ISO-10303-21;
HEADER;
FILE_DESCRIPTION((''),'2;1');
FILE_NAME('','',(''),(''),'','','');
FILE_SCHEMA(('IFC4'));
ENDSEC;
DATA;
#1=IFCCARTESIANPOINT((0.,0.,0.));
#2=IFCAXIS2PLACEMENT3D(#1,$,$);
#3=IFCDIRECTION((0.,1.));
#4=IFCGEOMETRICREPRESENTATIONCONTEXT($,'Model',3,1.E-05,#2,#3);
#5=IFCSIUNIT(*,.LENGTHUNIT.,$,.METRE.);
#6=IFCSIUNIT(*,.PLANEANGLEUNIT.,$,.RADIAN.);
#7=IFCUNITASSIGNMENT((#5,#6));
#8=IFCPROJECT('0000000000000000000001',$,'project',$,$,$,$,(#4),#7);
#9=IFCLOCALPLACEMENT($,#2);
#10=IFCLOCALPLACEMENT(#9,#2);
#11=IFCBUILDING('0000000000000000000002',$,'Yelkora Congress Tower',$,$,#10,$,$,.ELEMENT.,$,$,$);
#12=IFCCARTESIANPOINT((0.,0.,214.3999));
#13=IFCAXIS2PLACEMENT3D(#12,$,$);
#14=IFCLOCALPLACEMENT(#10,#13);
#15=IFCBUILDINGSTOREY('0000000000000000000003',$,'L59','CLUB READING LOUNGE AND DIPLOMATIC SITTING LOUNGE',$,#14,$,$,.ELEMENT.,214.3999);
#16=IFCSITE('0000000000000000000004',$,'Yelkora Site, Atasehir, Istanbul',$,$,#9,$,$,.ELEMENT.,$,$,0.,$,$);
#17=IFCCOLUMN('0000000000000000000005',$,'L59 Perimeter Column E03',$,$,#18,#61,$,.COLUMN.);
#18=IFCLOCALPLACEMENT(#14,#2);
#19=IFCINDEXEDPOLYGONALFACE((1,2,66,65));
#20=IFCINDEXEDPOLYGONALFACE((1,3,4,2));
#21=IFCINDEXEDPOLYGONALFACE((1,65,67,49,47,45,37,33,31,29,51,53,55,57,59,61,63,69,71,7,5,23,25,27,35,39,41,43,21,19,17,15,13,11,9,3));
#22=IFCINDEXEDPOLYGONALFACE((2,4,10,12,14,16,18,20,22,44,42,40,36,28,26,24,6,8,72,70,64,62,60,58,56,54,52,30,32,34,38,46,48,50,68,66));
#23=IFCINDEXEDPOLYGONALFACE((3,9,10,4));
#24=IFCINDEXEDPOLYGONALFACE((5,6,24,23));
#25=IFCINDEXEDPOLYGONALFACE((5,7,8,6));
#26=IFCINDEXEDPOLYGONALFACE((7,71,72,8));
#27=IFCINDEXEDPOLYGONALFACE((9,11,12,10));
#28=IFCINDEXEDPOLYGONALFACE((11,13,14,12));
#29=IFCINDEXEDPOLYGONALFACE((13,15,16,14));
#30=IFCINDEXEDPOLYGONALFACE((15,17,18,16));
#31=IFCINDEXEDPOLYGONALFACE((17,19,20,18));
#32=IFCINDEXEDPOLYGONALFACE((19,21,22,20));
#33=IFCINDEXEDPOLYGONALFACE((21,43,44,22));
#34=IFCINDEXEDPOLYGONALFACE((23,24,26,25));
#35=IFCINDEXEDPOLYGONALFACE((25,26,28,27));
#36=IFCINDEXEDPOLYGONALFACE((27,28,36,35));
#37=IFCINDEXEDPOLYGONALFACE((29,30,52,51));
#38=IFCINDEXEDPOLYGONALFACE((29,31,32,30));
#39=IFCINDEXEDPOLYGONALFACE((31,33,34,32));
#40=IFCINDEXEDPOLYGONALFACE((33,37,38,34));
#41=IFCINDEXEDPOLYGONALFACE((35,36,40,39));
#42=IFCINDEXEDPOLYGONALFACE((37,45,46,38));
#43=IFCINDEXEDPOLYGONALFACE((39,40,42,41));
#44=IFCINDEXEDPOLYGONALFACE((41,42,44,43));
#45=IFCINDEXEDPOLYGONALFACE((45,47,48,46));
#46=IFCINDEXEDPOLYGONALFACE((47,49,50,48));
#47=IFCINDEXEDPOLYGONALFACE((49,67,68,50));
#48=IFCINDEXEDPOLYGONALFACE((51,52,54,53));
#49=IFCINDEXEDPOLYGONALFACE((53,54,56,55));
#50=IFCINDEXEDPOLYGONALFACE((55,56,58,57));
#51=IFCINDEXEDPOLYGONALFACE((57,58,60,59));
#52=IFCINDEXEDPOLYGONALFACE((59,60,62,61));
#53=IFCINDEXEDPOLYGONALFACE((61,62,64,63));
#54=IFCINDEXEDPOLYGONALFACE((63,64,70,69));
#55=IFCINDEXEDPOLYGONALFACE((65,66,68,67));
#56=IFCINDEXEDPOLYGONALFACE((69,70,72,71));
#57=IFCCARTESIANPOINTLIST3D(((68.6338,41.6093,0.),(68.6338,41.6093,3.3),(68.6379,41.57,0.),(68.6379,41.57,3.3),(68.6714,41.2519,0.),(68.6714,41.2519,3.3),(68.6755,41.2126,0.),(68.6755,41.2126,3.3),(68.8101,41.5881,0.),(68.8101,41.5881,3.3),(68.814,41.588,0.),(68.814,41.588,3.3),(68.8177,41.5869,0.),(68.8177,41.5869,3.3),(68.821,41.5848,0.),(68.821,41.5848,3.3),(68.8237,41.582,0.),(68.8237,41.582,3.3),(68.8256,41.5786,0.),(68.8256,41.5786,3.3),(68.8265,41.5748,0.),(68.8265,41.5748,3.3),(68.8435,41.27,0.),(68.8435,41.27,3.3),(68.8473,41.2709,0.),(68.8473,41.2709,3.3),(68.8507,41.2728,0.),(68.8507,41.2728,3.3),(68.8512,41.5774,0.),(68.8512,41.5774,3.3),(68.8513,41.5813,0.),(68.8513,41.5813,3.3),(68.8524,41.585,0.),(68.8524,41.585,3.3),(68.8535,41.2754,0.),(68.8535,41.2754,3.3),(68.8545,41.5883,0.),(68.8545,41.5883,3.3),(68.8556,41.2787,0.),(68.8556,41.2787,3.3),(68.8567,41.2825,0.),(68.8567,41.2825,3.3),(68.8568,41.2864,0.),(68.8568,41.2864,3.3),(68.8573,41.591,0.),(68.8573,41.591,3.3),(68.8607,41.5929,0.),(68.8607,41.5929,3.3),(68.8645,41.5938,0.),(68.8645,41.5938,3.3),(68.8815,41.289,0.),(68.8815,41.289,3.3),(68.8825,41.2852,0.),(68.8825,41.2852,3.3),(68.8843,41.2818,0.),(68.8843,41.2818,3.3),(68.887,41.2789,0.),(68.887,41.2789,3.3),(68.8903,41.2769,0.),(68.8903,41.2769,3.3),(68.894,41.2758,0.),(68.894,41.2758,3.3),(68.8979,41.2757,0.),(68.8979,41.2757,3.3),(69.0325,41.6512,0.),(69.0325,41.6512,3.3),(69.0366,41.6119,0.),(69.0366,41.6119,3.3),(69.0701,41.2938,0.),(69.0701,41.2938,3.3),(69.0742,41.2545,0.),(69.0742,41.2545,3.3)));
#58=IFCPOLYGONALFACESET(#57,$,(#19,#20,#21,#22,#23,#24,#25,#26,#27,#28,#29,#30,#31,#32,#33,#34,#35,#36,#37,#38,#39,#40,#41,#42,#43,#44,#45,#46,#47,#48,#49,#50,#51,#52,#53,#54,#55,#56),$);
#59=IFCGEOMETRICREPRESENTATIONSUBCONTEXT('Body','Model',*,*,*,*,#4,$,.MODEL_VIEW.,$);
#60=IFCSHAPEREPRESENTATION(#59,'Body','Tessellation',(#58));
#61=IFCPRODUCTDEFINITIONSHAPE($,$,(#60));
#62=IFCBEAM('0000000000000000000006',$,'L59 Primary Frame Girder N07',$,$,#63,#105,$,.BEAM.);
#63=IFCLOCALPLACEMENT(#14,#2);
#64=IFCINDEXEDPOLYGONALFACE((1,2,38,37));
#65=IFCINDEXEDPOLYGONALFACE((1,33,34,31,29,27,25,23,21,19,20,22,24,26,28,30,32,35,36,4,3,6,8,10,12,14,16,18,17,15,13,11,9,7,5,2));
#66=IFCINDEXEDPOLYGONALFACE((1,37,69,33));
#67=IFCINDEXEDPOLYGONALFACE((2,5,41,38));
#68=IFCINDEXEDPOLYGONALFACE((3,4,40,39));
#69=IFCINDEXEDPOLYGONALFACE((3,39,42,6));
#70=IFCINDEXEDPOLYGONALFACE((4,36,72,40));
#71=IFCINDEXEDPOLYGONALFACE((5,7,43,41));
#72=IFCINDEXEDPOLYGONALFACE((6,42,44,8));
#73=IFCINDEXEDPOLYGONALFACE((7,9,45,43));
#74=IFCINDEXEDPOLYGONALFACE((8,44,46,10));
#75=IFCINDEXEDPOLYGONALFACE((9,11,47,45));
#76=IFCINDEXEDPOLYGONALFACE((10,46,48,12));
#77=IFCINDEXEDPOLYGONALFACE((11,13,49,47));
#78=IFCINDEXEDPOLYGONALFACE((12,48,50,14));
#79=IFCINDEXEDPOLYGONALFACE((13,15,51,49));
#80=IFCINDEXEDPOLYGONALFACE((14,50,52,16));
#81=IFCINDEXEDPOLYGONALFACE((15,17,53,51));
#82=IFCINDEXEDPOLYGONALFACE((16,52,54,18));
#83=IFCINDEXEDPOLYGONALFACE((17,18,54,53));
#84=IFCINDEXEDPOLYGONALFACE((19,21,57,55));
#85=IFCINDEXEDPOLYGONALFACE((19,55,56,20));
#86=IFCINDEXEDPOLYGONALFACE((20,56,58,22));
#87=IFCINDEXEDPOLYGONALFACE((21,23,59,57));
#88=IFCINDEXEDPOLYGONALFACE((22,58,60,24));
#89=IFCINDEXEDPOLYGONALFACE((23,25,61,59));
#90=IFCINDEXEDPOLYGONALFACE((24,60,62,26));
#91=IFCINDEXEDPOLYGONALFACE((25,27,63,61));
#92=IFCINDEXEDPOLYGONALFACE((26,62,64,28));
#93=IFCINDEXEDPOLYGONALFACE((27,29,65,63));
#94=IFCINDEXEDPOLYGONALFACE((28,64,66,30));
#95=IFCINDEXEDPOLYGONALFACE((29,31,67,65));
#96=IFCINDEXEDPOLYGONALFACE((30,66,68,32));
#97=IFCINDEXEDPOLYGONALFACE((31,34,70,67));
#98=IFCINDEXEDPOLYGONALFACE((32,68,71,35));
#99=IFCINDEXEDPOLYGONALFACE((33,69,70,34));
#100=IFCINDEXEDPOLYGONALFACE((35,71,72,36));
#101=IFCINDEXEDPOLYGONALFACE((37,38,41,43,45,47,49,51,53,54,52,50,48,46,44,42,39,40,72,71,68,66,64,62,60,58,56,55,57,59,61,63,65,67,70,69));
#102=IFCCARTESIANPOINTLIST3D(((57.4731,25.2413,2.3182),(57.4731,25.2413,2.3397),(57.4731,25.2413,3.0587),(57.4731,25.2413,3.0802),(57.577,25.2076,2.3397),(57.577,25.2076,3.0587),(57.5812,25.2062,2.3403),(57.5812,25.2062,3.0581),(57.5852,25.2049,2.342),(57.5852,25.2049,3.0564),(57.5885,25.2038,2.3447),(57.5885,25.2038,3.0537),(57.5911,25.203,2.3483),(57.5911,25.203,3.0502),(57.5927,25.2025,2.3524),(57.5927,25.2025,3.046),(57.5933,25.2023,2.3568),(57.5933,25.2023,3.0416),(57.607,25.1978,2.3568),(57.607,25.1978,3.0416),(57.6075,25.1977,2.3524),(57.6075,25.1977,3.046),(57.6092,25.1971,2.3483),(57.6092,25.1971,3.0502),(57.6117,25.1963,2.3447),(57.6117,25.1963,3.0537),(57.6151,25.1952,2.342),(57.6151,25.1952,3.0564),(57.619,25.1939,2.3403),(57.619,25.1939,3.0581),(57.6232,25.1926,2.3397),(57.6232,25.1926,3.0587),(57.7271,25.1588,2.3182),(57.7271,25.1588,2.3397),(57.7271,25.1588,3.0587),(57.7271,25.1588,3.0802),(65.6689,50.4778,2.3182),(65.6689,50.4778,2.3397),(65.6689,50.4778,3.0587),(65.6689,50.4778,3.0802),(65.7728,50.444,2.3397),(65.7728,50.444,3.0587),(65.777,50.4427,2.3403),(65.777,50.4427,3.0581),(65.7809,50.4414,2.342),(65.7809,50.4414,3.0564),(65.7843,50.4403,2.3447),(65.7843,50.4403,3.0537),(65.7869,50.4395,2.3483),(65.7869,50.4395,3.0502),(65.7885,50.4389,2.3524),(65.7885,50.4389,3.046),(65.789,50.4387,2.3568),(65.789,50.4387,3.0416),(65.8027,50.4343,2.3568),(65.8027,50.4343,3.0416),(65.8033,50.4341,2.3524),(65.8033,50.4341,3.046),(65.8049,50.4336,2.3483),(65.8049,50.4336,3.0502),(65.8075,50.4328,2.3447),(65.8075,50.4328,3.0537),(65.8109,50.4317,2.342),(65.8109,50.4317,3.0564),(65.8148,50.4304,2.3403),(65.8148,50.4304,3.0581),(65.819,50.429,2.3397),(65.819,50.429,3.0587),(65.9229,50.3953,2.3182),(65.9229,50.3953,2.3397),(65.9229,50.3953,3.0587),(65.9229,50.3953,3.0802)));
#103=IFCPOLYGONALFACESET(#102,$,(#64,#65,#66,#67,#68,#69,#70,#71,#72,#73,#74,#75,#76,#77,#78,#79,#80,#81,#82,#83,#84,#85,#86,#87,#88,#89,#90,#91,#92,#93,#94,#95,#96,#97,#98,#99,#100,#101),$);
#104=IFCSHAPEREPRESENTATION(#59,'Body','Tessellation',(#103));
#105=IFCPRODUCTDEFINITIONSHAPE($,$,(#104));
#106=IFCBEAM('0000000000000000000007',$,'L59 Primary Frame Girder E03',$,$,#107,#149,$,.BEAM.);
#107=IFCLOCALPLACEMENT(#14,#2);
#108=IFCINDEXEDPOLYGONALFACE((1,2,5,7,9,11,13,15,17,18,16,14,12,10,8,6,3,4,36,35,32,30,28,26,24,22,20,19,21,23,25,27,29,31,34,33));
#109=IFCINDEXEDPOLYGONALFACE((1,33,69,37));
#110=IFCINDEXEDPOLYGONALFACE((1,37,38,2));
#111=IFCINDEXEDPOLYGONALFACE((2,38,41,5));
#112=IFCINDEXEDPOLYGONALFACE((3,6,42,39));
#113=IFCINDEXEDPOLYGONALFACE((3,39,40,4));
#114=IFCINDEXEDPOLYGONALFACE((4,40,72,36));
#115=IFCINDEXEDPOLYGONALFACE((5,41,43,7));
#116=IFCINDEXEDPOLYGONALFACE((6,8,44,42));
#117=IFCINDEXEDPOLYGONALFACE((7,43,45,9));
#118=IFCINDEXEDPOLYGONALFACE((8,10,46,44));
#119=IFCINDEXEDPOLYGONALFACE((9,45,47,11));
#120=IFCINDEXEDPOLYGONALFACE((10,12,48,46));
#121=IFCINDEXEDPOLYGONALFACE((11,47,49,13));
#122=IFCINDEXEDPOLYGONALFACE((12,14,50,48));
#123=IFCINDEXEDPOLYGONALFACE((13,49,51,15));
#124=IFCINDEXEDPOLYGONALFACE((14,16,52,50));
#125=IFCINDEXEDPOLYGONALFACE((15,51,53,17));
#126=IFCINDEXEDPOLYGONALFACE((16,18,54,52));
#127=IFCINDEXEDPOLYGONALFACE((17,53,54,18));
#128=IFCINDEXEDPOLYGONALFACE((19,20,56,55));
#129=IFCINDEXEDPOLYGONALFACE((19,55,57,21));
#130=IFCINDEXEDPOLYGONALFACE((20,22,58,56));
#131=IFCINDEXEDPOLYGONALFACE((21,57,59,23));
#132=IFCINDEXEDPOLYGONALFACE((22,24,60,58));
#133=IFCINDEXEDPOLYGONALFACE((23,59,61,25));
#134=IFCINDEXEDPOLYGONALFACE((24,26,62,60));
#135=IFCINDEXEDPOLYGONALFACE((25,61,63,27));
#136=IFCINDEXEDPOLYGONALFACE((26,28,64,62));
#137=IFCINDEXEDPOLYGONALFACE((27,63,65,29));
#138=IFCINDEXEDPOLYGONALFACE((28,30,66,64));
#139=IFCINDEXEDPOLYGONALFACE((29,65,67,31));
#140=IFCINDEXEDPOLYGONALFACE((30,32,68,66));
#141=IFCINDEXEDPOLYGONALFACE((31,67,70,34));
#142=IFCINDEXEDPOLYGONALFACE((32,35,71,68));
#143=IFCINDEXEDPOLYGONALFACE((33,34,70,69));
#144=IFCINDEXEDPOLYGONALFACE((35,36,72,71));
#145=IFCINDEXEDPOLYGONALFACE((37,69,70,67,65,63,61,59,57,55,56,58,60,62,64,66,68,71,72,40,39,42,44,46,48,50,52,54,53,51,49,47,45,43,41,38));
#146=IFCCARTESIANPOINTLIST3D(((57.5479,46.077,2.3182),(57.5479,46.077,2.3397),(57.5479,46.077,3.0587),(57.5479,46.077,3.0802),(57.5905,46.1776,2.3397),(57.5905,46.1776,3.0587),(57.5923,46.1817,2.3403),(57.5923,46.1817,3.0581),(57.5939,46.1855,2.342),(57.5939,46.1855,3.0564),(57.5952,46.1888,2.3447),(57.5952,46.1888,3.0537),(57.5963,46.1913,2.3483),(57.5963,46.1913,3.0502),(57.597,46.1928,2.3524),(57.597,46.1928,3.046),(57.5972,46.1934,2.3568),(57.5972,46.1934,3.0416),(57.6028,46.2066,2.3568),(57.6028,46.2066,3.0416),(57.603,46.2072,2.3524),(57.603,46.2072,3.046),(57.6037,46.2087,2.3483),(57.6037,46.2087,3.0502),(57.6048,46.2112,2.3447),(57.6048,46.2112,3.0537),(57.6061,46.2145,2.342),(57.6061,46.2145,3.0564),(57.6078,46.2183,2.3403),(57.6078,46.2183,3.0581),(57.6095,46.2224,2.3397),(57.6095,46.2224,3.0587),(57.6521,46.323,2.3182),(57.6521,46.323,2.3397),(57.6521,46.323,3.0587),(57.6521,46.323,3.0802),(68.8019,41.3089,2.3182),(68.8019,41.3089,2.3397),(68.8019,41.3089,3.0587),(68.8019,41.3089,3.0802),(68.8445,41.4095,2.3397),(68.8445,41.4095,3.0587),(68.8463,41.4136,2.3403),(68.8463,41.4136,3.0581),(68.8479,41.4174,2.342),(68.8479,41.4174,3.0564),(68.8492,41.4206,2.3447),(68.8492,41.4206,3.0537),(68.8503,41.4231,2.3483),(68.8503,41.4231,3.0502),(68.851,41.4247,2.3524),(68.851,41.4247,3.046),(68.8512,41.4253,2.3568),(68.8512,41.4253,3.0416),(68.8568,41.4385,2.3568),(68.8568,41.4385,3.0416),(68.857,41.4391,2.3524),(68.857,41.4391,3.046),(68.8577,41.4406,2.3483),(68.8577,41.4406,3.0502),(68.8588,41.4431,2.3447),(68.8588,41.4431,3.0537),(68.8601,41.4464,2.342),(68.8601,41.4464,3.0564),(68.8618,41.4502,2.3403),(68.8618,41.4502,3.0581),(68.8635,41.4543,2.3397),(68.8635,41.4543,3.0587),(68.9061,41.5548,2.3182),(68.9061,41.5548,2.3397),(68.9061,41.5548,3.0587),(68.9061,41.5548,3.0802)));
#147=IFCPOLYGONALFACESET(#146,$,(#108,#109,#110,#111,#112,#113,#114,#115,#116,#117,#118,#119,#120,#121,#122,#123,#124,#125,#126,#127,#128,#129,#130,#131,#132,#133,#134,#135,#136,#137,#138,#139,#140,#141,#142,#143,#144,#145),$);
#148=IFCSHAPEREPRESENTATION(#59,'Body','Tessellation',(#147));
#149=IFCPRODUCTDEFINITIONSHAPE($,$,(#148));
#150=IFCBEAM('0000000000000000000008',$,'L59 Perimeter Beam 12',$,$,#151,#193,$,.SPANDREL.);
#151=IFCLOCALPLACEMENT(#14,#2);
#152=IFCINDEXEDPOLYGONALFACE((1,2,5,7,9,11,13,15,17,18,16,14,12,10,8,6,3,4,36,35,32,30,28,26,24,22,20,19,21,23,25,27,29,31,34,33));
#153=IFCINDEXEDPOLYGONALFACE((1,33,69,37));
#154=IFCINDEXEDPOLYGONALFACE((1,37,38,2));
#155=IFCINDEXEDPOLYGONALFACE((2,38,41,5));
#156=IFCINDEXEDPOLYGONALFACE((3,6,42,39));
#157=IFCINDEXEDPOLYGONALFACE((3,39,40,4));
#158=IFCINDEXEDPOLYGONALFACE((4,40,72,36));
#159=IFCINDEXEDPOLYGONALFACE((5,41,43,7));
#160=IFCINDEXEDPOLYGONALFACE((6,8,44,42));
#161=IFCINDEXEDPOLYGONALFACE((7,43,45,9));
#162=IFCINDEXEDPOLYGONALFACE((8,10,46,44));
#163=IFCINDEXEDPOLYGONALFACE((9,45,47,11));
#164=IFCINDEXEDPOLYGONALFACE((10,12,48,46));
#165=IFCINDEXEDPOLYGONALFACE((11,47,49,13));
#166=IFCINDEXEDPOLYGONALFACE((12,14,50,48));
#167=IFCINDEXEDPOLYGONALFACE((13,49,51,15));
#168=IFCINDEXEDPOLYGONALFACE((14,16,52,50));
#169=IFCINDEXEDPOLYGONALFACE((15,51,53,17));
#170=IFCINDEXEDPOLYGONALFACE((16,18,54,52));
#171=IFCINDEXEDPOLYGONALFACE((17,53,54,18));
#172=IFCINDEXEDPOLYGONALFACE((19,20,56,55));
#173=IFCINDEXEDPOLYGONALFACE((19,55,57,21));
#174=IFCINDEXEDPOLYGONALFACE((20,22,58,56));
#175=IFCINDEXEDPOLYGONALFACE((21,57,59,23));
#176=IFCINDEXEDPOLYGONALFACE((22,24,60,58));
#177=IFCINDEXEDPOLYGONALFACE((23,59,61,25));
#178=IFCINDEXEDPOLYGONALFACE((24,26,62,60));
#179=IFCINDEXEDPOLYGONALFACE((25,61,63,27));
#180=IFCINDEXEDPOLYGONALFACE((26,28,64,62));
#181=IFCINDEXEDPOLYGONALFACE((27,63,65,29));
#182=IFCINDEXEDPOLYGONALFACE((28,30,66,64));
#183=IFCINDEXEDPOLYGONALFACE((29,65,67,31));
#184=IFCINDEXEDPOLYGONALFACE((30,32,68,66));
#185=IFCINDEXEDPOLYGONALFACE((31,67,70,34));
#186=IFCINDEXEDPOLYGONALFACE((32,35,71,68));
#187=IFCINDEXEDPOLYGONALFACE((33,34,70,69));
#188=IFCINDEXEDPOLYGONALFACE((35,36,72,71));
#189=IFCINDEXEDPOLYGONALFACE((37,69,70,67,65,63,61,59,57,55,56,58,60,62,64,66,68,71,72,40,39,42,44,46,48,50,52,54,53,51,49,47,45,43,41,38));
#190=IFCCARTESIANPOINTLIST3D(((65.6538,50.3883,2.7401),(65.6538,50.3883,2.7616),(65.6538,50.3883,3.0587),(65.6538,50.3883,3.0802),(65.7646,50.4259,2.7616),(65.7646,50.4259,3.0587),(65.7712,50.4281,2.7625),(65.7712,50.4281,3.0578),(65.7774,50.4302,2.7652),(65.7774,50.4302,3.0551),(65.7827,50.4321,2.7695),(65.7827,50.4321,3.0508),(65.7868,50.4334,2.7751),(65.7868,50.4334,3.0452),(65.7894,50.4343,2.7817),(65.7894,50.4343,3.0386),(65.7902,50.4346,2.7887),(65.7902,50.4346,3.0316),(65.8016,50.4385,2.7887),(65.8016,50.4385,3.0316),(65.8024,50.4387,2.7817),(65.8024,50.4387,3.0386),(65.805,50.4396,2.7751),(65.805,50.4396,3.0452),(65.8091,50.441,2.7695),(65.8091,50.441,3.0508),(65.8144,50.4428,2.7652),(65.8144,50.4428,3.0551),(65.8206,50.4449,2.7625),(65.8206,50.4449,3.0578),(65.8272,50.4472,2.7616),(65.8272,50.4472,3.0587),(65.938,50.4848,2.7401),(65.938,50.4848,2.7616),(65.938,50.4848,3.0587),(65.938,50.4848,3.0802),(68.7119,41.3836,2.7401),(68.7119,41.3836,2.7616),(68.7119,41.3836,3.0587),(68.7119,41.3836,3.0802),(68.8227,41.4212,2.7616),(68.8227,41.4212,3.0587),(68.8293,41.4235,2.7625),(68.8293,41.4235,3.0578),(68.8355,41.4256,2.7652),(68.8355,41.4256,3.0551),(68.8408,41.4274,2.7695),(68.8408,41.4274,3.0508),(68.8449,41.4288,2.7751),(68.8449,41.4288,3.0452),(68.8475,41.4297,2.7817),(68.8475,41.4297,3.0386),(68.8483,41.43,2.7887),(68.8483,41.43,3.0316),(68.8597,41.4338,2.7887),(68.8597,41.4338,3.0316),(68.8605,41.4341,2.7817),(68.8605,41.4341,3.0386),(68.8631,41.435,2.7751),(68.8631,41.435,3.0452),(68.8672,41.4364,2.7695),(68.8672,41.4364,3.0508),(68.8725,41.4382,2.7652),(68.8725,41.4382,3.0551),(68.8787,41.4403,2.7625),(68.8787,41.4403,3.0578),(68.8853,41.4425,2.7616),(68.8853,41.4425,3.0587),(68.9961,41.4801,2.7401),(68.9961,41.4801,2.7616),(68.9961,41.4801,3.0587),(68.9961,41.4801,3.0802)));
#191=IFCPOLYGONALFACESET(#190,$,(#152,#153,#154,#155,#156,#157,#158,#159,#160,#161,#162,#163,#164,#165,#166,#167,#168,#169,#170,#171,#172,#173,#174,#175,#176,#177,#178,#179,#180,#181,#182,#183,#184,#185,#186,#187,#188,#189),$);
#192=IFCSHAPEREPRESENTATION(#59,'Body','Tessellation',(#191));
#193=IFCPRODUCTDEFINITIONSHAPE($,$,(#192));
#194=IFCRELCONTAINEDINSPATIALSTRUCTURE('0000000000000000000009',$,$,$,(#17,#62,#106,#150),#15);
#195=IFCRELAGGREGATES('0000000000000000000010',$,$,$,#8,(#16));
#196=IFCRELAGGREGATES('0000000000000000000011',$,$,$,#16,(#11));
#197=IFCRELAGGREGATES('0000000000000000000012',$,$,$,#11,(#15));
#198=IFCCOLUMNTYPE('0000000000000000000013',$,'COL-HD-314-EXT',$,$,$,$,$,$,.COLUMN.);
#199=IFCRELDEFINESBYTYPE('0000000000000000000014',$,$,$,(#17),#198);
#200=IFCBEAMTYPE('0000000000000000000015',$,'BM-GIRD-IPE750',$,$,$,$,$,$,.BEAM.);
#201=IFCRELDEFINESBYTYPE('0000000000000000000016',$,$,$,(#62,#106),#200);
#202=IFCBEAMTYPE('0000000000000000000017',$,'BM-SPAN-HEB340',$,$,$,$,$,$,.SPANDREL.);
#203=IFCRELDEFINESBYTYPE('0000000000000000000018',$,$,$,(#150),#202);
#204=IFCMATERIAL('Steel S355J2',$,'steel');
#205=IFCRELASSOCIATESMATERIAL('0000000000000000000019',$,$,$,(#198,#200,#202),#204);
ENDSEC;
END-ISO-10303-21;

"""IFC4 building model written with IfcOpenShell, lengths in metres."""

from ifc_helpers import new_model, si_unit, direction, frame, origin, origin_2d, place, context, subcontext, project, spatial, i_section, extrude, material, material_profile, profile_set, type_object, element, save


model = new_model("IFC4")

# Units and contexts
model_context = context("Model", 3, precision=1e-05, world=origin(), true_north=direction((0.0, 1.0)))
body_context = subcontext(model_context, "Body", "Model", "MODEL_VIEW")
ifc_project = project(units=[si_unit("LENGTHUNIT", "METRE"), si_unit("PLANEANGLEUNIT", "RADIAN")], contexts=[model_context])

# Site, building, storey
site_placement = place(None, origin())
site = spatial("IfcSite", under=ifc_project, at=site_placement, Name="Yelkora Site, Atasehir, Istanbul", CompositionType="ELEMENT", RefElevation=0.0)
building_placement = place(site_placement, origin())
building = spatial("IfcBuilding", under=site, at=building_placement, Name="Yelkora Congress Tower", CompositionType="ELEMENT")
storey_placement = place(building_placement, frame((0.0, 0.0, 214.3999)))
storey = spatial("IfcBuildingStorey", under=building, at=storey_placement, Name="L59", Description="CLUB READING LOUNGE AND DIPLOMATIC SITTING LOUNGE", CompositionType="ELEMENT", Elevation=214.3999)

# Column
ifc_material_1 = material(Name="Steel S355J2", Category="steel")
ifc_material_profile_1 = material_profile(ifc_material_1, i_section(OverallWidth=0.4009, OverallDepth=0.3989, WebThickness=0.0249, FlangeThickness=0.0396, FilletRadius=0.0149, at=origin_2d()), Name="HD 400x314")
ifc_profile_set_1 = profile_set([ifc_material_profile_1], Name="Steel S355J2")
column_type = type_object("IfcColumnType", Name="COL-HD-314-EXT", PredefinedType="COLUMN", material=ifc_profile_set_1)
column_placement = place(storey_placement, frame((68.854, 41.4319, 0.0), z_axis=(0.0, 0.0, 1.0), x_axis=(0.994522, 0.104528, 0.0)))
element("IfcColumn", 1, at=column_placement, inside=storey, type_object=column_type, Name="L59 Perimeter Column E03", PredefinedType="COLUMN", context=body_context, shape_type="SweptSolid", body=[
    extrude(i_section(OverallWidth=0.4009, OverallDepth=0.3989, WebThickness=0.0249, FlangeThickness=0.0396, FilletRadius=0.0149, at=origin_2d()), origin(), (0.0, 0.0, 1.0), 3.3),
])

# Beams
ifc_material_profile_2 = material_profile(ifc_material_1, i_section(OverallWidth=0.2671, OverallDepth=0.762, WebThickness=0.0144, FlangeThickness=0.0215, FilletRadius=0.0171, at=origin_2d()), Name="IPE 750x173")
ifc_profile_set_2 = profile_set([ifc_material_profile_2], Name="Steel S355J2")
beam_type_1 = type_object("IfcBeamType", Name="BM-GIRD-IPE750", PredefinedType="BEAM", material=ifc_profile_set_2)
beam_1_placement = place(storey_placement, frame((65.7959, 50.4365, 2.6992), z_axis=(-0.308879, -0.951101, 0.0), x_axis=(0.951101, -0.308879, 0.0)))
element("IfcBeam", 2, at=beam_1_placement, inside=storey, type_object=beam_type_1, Name="L59 Primary Frame Girder N07", PredefinedType="BEAM", context=body_context, shape_type="SweptSolid", body=[
    extrude(i_section(OverallWidth=0.2671, OverallDepth=0.762, WebThickness=0.0144, FlangeThickness=0.0215, FilletRadius=0.0171, at=origin_2d()), origin(), (0.0, 0.0, 1.0), 26.5339),
])
beam_2_placement = place(storey_placement, frame((68.854, 41.4319, 2.6992), z_axis=(-0.920768, 0.390112, 0.0), x_axis=(-0.390112, -0.920768, 0.0)))
element("IfcBeam", 3, at=beam_2_placement, inside=storey, type_object=beam_type_1, Name="L59 Primary Frame Girder E03", PredefinedType="BEAM", context=body_context, shape_type="SweptSolid", body=[
    extrude(i_section(OverallWidth=0.2671, OverallDepth=0.762, WebThickness=0.0144, FlangeThickness=0.0215, FilletRadius=0.0171, at=origin_2d()), origin(), (0.0, 0.0, 1.0), 12.2224),
])
ifc_material_profile_3 = material_profile(ifc_material_1, i_section(OverallWidth=0.3, OverallDepth=0.3401, WebThickness=0.012, FlangeThickness=0.0215, FilletRadius=0.0271, at=origin_2d()), Name="HEB 340")
ifc_profile_set_3 = profile_set([ifc_material_profile_3], Name="Steel S355J2")
beam_type_2 = type_object("IfcBeamType", Name="BM-SPAN-HEB340", PredefinedType="SPANDREL", material=ifc_profile_set_3)
beam_3_placement = place(storey_placement, frame((68.854, 41.4319, 2.9102), z_axis=(-0.321575, 0.946884, 0.0), x_axis=(-0.946884, -0.321575, 0.0)))
element("IfcBeam", 4, at=beam_3_placement, inside=storey, type_object=beam_type_2, Name="L59 Perimeter Beam 12", PredefinedType="SPANDREL", context=body_context, shape_type="SweptSolid", body=[
    extrude(i_section(OverallWidth=0.3, OverallDepth=0.3401, WebThickness=0.012, FlangeThickness=0.0215, FilletRadius=0.0271, at=origin_2d()), origin(), (0.0, 0.0, 1.0), 9.5098),
])

save(model, "model.ifc")
